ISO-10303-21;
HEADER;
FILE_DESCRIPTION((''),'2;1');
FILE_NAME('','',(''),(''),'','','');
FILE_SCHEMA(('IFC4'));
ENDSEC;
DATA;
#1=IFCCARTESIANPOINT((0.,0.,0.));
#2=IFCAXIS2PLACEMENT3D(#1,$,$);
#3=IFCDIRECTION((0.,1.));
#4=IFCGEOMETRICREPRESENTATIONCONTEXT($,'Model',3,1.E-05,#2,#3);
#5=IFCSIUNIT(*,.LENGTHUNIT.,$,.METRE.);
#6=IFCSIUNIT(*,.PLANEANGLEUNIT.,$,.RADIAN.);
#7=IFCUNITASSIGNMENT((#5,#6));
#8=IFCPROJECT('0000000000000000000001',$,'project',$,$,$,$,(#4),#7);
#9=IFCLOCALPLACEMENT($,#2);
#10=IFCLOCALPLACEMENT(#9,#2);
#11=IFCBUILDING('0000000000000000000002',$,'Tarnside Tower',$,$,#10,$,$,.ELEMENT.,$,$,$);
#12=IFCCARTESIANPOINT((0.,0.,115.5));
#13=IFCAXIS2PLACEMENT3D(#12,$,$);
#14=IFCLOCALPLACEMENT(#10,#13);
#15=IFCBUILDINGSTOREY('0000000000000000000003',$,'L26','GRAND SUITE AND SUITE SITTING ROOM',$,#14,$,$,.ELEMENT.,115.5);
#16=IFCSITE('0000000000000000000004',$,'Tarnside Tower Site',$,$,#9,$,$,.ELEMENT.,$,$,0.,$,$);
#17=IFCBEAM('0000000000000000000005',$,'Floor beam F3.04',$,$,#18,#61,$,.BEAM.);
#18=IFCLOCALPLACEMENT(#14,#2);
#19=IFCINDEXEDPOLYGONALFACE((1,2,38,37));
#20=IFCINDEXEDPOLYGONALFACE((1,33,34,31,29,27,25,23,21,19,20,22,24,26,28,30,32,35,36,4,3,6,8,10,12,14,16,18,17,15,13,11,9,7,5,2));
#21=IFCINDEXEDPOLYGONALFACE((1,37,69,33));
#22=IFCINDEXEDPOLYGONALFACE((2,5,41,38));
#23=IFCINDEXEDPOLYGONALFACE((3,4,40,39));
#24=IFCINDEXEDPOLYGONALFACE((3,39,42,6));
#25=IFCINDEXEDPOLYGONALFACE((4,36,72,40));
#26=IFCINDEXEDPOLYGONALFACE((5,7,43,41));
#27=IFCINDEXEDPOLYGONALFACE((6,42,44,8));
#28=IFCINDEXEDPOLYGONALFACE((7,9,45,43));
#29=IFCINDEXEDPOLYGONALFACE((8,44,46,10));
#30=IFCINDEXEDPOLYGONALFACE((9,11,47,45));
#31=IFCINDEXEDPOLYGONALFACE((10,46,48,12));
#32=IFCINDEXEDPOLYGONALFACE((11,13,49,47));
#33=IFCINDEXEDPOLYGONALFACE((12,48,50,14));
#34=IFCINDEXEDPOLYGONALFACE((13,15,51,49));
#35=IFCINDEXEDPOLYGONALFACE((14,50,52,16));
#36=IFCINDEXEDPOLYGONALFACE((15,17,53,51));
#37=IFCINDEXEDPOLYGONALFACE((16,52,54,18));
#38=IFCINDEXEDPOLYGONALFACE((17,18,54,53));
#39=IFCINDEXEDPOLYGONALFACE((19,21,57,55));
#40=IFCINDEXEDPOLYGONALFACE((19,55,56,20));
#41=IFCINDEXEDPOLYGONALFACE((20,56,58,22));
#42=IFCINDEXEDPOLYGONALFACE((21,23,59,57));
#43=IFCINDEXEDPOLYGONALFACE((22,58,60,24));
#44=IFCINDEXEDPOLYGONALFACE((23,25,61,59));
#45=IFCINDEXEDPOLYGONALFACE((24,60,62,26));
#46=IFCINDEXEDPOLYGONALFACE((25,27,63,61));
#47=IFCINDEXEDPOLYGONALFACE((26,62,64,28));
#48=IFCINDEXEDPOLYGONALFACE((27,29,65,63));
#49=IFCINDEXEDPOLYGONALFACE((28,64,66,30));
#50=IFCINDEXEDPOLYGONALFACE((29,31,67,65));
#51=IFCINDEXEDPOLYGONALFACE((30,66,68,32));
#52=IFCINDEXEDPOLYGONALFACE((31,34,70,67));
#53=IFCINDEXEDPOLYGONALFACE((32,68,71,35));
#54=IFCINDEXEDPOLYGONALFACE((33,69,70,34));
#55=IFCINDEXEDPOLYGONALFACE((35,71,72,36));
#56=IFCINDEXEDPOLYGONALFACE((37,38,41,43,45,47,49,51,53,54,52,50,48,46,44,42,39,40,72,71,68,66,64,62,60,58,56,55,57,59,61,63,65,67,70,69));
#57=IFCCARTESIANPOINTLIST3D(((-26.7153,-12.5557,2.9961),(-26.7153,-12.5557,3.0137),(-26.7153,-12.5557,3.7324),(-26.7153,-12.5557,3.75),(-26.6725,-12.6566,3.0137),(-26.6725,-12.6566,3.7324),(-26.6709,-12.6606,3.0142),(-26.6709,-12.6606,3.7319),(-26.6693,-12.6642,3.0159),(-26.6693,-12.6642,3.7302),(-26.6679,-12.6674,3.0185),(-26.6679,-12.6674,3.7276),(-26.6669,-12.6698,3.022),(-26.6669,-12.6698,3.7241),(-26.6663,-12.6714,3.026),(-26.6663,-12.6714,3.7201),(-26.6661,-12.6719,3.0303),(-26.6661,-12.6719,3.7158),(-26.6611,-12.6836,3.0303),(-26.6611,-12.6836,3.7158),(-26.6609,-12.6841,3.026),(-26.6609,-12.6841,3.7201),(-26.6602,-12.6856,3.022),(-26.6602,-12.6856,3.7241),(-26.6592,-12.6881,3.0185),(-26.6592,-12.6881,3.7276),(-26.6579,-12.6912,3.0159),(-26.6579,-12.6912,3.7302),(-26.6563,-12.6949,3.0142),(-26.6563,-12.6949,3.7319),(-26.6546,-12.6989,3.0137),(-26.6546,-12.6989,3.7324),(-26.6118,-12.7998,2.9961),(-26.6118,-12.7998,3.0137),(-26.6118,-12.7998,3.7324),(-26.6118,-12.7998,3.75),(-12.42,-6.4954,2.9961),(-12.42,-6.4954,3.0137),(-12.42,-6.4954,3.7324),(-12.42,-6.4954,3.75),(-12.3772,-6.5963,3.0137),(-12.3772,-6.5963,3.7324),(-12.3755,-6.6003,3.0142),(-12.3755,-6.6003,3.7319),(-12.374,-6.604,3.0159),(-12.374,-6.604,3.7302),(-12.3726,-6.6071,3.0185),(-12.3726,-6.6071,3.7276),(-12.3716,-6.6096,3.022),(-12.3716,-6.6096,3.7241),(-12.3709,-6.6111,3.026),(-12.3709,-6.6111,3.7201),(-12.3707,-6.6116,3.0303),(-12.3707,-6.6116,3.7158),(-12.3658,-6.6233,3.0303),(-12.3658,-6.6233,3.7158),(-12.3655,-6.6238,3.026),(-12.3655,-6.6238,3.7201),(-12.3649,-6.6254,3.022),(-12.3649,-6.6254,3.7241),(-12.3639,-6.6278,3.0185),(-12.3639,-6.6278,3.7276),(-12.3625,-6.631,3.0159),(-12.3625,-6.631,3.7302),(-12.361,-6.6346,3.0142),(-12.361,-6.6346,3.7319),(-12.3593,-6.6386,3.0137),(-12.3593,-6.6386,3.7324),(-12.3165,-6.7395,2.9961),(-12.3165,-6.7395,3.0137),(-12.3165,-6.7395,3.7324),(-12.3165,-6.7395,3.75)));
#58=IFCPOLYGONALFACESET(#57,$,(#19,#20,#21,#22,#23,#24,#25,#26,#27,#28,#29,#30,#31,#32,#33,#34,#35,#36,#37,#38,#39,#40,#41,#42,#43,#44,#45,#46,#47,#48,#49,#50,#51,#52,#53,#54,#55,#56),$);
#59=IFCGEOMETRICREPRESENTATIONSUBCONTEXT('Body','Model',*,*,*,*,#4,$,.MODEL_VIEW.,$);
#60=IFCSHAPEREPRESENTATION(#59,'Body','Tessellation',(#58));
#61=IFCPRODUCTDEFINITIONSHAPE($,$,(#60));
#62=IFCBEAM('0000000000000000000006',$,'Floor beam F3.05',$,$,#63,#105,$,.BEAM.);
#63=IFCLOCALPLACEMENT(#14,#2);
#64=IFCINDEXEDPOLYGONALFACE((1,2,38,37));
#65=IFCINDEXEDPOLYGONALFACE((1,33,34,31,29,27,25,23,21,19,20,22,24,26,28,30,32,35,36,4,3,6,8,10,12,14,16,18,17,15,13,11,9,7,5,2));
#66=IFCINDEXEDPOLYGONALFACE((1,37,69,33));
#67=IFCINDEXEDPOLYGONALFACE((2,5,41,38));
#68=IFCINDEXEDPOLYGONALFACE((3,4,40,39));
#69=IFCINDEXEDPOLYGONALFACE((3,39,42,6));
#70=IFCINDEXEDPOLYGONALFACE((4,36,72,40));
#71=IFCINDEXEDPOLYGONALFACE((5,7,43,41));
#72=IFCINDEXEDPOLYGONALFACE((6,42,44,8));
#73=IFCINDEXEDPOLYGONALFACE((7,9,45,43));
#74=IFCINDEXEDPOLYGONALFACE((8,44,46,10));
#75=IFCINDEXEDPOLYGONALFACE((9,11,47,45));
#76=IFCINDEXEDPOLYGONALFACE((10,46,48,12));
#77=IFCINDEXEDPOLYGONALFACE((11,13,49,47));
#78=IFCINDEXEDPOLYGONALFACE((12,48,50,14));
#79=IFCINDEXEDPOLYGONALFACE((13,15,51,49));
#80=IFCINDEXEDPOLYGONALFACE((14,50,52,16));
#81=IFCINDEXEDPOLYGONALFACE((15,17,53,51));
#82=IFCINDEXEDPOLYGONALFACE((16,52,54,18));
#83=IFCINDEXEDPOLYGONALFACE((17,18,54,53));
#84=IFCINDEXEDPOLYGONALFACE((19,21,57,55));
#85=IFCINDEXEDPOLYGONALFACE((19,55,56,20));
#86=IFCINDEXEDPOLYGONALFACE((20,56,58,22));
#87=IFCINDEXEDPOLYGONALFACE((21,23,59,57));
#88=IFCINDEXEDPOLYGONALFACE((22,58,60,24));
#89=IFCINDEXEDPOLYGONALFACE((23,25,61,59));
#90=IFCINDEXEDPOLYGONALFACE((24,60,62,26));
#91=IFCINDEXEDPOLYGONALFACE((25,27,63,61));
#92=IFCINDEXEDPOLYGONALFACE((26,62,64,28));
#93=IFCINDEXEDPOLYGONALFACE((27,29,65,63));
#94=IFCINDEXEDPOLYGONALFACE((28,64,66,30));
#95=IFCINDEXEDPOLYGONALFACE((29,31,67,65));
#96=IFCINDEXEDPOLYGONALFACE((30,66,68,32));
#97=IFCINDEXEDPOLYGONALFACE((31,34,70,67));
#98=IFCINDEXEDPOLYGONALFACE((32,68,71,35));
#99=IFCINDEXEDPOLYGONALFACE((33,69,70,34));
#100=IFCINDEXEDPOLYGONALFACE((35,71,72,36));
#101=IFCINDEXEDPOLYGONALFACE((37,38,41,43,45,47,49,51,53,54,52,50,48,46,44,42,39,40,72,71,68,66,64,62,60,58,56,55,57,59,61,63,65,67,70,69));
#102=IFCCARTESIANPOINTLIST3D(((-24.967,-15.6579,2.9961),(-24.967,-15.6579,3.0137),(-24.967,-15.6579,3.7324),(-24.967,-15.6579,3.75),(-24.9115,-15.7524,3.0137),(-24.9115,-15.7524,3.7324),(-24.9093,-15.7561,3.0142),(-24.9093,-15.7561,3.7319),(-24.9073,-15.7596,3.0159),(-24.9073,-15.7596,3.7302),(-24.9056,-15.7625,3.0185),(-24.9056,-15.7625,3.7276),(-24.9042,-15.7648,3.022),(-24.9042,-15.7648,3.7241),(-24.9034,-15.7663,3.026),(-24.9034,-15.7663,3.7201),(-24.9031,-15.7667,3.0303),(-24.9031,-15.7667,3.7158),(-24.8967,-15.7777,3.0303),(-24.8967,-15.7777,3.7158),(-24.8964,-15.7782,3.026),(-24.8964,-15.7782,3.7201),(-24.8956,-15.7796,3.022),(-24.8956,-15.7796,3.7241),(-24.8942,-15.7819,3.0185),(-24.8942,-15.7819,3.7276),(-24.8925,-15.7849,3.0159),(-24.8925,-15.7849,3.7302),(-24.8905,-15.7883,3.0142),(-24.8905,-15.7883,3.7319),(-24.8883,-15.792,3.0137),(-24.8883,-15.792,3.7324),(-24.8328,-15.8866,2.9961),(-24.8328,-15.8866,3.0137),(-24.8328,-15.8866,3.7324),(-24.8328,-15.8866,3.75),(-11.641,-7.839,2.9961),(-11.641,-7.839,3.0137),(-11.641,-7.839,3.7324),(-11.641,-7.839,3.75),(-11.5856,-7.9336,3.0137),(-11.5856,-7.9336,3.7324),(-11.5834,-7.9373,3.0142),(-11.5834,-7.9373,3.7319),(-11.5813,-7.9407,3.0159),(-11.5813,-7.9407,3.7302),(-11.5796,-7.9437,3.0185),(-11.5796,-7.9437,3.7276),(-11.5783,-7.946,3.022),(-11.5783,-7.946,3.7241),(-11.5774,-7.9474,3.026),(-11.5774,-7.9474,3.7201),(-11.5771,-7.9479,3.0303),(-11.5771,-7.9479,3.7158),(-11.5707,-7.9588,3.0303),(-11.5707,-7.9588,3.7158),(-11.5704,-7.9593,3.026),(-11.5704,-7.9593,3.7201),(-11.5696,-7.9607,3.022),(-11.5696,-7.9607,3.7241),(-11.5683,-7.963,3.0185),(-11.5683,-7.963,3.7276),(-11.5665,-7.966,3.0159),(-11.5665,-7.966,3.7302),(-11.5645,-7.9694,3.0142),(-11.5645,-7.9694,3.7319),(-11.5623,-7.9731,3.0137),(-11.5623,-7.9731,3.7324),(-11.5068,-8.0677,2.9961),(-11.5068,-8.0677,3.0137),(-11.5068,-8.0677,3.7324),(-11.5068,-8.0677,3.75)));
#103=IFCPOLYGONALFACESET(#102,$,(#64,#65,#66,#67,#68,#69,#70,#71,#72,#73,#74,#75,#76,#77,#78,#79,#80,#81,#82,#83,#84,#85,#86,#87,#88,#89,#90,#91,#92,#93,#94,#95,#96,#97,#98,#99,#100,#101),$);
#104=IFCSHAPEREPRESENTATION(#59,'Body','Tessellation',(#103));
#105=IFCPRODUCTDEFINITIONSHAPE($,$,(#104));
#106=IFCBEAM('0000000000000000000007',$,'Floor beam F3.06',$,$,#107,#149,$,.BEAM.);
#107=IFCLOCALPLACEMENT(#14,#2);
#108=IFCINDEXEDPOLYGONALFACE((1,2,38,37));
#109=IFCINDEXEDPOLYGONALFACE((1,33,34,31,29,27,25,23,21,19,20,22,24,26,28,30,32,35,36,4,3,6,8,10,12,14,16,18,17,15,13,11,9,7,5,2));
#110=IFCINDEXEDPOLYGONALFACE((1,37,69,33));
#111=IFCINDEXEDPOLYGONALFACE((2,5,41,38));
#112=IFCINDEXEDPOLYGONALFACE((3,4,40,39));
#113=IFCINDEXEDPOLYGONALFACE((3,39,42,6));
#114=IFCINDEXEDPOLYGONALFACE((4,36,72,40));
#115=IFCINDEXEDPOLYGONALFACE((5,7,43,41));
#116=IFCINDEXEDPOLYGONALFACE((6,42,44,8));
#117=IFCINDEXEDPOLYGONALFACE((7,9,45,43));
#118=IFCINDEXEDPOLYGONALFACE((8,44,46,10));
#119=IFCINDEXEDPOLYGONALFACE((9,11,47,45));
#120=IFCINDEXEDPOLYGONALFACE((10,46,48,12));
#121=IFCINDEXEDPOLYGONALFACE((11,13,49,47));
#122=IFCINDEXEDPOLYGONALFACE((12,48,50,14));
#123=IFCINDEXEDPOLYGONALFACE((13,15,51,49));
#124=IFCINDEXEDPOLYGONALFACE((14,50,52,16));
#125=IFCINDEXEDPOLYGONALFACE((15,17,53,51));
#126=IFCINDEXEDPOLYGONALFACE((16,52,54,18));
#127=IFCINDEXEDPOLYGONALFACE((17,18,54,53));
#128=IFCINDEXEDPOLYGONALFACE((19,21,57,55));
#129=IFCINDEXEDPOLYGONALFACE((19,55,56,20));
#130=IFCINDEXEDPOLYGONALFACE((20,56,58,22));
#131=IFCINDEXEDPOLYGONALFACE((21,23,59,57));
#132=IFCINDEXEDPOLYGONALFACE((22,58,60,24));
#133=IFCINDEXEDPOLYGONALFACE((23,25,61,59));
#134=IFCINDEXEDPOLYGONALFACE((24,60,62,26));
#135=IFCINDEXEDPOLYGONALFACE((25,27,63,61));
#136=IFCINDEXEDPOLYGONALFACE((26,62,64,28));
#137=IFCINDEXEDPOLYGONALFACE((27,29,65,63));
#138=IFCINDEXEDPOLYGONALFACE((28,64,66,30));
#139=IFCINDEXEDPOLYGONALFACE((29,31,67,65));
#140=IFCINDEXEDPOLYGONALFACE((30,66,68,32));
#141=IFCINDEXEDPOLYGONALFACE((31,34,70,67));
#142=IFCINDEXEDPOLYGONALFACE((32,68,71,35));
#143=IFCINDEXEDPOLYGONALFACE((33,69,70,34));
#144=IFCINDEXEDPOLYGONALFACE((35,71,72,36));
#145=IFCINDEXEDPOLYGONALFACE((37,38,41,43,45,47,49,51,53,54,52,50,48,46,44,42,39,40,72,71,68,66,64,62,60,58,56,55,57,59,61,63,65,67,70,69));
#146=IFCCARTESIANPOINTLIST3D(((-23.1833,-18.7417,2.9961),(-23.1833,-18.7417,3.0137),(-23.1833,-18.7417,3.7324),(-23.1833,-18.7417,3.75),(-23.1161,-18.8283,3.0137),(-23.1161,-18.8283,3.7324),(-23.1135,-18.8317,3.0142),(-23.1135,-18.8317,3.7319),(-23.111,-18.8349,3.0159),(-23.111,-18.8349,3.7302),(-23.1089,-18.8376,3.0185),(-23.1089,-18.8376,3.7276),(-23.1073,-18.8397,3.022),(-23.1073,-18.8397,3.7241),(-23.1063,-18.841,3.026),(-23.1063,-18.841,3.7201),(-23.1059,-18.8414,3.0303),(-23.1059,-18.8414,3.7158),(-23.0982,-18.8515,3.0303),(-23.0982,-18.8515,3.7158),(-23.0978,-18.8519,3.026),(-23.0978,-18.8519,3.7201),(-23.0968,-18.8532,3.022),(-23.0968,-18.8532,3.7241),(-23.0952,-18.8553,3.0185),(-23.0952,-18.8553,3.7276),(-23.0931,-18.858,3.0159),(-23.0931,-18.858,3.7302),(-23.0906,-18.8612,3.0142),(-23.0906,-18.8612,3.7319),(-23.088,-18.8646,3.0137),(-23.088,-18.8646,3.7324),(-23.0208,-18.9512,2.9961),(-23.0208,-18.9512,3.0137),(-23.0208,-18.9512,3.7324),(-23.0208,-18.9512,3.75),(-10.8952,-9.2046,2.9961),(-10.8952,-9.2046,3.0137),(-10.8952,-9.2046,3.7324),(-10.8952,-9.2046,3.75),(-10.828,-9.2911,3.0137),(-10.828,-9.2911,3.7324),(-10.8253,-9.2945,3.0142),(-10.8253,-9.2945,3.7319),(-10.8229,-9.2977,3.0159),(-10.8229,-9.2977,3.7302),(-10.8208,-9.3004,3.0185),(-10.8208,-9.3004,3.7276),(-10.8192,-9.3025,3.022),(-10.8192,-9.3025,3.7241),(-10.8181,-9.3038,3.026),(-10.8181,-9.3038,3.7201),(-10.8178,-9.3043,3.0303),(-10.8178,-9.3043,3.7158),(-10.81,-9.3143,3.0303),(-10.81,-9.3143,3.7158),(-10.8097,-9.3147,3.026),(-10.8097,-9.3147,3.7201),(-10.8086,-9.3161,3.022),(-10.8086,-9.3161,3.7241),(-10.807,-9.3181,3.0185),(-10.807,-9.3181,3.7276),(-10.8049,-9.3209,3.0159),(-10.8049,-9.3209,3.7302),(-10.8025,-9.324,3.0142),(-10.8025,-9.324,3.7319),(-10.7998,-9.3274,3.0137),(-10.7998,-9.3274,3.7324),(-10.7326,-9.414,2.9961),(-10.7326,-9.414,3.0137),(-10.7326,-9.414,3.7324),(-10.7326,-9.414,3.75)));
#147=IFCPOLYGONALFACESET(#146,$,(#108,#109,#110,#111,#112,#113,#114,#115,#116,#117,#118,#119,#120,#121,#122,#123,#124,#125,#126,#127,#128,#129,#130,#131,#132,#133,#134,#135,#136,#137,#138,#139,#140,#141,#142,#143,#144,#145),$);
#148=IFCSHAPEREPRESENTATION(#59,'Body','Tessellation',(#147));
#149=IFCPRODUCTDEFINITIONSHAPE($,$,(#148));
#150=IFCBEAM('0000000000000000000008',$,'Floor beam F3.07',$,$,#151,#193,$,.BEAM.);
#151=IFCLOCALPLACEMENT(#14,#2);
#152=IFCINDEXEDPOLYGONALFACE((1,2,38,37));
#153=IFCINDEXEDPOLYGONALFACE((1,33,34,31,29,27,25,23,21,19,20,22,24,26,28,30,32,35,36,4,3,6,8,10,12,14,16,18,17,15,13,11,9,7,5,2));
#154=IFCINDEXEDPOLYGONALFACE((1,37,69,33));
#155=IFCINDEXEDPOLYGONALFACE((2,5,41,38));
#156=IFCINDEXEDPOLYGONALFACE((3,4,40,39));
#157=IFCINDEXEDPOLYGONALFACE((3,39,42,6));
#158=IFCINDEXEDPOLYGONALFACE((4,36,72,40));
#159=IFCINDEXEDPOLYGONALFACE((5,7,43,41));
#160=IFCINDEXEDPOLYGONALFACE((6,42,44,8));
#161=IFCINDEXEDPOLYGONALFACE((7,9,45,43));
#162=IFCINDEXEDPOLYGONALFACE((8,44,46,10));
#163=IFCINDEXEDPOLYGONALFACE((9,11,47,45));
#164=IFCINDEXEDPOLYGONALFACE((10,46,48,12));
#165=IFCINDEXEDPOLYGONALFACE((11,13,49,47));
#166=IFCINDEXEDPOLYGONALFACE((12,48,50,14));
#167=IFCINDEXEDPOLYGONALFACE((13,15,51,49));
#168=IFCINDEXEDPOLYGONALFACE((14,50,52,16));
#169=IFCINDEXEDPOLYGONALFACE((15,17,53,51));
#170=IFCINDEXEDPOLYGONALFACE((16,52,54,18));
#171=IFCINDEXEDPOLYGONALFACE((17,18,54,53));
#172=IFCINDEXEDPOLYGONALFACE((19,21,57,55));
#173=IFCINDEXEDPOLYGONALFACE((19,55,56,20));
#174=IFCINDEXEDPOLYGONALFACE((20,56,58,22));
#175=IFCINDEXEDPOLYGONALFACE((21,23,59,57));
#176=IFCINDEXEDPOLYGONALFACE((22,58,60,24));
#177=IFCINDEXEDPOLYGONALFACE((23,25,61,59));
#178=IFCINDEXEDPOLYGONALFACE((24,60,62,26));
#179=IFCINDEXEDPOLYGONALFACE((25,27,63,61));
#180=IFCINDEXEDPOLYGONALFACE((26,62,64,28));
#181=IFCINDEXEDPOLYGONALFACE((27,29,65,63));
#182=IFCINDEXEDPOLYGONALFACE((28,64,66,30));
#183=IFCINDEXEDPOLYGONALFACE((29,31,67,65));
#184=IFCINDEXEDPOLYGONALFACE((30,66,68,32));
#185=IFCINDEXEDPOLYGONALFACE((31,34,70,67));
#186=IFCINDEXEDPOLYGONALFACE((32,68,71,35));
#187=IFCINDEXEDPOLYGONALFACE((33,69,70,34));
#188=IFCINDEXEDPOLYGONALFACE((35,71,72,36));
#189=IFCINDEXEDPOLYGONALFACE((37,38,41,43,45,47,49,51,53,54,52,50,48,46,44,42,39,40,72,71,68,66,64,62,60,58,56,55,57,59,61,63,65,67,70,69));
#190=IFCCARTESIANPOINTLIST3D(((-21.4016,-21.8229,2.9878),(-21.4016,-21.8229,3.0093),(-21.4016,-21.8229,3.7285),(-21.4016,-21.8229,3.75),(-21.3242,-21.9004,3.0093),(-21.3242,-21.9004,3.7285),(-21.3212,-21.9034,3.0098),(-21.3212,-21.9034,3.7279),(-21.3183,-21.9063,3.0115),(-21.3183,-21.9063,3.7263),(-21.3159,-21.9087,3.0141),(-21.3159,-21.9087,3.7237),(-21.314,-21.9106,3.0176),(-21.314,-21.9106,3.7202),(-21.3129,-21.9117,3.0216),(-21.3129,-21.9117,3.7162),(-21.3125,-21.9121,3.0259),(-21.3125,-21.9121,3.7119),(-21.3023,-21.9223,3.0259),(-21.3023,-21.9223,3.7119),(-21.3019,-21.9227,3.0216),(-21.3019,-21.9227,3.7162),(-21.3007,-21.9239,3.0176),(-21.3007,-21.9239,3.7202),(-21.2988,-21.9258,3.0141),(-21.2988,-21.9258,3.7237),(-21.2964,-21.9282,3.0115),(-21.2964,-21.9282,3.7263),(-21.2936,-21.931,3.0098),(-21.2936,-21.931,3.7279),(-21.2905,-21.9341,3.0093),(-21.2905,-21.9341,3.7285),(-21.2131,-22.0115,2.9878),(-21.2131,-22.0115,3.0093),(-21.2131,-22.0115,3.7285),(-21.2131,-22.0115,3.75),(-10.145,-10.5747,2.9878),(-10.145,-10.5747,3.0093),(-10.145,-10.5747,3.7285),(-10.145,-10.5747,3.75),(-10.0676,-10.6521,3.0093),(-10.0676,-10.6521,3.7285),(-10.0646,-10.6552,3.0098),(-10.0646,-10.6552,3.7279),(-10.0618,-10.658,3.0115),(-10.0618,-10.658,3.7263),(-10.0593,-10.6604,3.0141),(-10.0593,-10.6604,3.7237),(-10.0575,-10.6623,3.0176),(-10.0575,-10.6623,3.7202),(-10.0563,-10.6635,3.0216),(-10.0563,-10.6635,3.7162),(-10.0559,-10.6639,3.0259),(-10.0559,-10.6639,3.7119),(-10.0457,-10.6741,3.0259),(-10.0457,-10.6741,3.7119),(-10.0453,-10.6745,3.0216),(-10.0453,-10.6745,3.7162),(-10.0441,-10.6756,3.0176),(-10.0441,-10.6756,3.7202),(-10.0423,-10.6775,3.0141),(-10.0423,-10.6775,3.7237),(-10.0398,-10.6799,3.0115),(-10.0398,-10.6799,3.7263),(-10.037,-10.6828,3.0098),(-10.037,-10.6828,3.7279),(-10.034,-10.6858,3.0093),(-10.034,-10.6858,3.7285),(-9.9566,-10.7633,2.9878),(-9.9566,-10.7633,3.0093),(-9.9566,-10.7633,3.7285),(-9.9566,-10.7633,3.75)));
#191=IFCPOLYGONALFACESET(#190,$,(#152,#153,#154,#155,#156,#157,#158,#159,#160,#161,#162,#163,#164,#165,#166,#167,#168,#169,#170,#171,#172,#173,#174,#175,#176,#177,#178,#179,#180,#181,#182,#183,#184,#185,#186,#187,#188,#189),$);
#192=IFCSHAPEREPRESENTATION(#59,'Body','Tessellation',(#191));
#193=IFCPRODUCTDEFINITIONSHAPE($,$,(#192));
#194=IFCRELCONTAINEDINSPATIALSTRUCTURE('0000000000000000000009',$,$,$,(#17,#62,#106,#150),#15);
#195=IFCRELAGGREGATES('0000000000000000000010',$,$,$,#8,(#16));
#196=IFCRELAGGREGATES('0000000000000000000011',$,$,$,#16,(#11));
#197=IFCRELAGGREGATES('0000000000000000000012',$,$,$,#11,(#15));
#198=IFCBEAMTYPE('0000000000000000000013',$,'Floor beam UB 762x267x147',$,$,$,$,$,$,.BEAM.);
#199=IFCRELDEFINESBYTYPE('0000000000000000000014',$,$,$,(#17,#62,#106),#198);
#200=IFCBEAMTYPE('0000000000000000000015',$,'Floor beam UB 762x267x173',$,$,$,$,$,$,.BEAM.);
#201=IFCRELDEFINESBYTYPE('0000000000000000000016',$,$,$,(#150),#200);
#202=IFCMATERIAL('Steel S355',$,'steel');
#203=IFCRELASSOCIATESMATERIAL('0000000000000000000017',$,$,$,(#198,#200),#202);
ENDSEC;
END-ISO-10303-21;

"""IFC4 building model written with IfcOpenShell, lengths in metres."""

from ifc_helpers import new_model, si_unit, direction, frame, origin, origin_2d, place, context, subcontext, project, spatial, i_section, extrude, material, material_profile, profile_set, type_object, element, save


model = new_model("IFC4")

# Units and contexts
model_context = context("Model", 3, precision=1e-05, world=origin(), true_north=direction((0.0, 1.0)))
body_context = subcontext(model_context, "Body", "Model", "MODEL_VIEW")
ifc_project = project(units=[si_unit("LENGTHUNIT", "METRE"), si_unit("PLANEANGLEUNIT", "RADIAN")], contexts=[model_context])

# Site, building, storey
site_placement = place(None, origin())
site = spatial("IfcSite", under=ifc_project, at=site_placement, Name="Tarnside Tower Site", CompositionType="ELEMENT", RefElevation=0.0)
building_placement = place(site_placement, origin())
building = spatial("IfcBuilding", under=site, at=building_placement, Name="Tarnside Tower", CompositionType="ELEMENT")
storey_placement = place(building_placement, frame((0.0, 0.0, 115.5)))
storey = spatial("IfcBuildingStorey", under=building, at=storey_placement, Name="L26", Description="GRAND SUITE AND SUITE SITTING ROOM", CompositionType="ELEMENT", Elevation=115.5)

# Beams
ifc_material_1 = material(Name="Steel S355", Category="steel")
ifc_material_profile_1 = material_profile(ifc_material_1, i_section(OverallWidth=0.2651, OverallDepth=0.7539, WebThickness=0.0127, FlangeThickness=0.0176, FilletRadius=0.0166, at=origin_2d()), Name="UB 762x267x147")
ifc_profile_set_1 = profile_set([ifc_material_profile_1], Name="Steel S355")
beam_type_1 = type_object("IfcBeamType", Name="Floor beam UB 762x267x147", PredefinedType="BEAM", material=ifc_profile_set_1)
beam_1_placement = place(storey_placement, frame((-26.6636, -12.6777, 3.373), z_axis=(0.920684, 0.390309, 0.0), x_axis=(-0.390309, 0.920684, 0.0)))
element("IfcBeam", 1, at=beam_1_placement, inside=storey, type_object=beam_type_1, Name="Floor beam F3.04", PredefinedType="BEAM", context=body_context, shape_type="SweptSolid", body=[
    extrude(i_section(OverallWidth=0.2651, OverallDepth=0.7539, WebThickness=0.0127, FlangeThickness=0.0176, FilletRadius=0.0166, at=origin_2d()), origin(), (0.0, 0.0, 1.0), 15.5269),
])
beam_2_placement = place(storey_placement, frame((-24.8999, -15.7722, 3.373), z_axis=(0.862498, 0.506061, 0.0), x_axis=(-0.506061, 0.862498, 0.0)))
element("IfcBeam", 2, at=beam_2_placement, inside=storey, type_object=beam_type_1, Name="Floor beam F3.05", PredefinedType="BEAM", context=body_context, shape_type="SweptSolid", body=[
    extrude(i_section(OverallWidth=0.2651, OverallDepth=0.7539, WebThickness=0.0127, FlangeThickness=0.0176, FilletRadius=0.0166, at=origin_2d()), origin(), (0.0, 0.0, 1.0), 15.4504),
])
beam_3_placement = place(storey_placement, frame((-23.1021, -18.8464, 3.373), z_axis=(0.789984, 0.613128, 0.0), x_axis=(-0.613128, 0.789984, 0.0)))
element("IfcBeam", 3, at=beam_3_placement, inside=storey, type_object=beam_type_1, Name="Floor beam F3.06", PredefinedType="BEAM", context=body_context, shape_type="SweptSolid", body=[
    extrude(i_section(OverallWidth=0.2651, OverallDepth=0.7539, WebThickness=0.0127, FlangeThickness=0.0176, FilletRadius=0.0166, at=origin_2d()), origin(), (0.0, 0.0, 1.0), 15.5549),
])
ifc_material_profile_2 = material_profile(ifc_material_1, i_section(OverallWidth=0.2666, OverallDepth=0.7622, WebThickness=0.0144, FlangeThickness=0.0215, FilletRadius=0.0166, at=origin_2d()), Name="UB 762x267x173")
ifc_profile_set_2 = profile_set([ifc_material_profile_2], Name="Steel S355")
beam_type_2 = type_object("IfcBeamType", Name="Floor beam UB 762x267x173", PredefinedType="BEAM", material=ifc_profile_set_2)
beam_4_placement = place(storey_placement, frame((-21.3074, -21.9172, 3.3689), z_axis=(0.707368, 0.706846, 0.0), x_axis=(-0.706846, 0.707368, 0.0)))
element("IfcBeam", 4, at=beam_4_placement, inside=storey, type_object=beam_type_2, Name="Floor beam F3.07", PredefinedType="BEAM", context=body_context, shape_type="SweptSolid", body=[
    extrude(i_section(OverallWidth=0.2666, OverallDepth=0.7622, WebThickness=0.0144, FlangeThickness=0.0215, FilletRadius=0.0166, at=origin_2d()), origin(), (0.0, 0.0, 1.0), 15.9133),
])

save(model, "model.ifc")
